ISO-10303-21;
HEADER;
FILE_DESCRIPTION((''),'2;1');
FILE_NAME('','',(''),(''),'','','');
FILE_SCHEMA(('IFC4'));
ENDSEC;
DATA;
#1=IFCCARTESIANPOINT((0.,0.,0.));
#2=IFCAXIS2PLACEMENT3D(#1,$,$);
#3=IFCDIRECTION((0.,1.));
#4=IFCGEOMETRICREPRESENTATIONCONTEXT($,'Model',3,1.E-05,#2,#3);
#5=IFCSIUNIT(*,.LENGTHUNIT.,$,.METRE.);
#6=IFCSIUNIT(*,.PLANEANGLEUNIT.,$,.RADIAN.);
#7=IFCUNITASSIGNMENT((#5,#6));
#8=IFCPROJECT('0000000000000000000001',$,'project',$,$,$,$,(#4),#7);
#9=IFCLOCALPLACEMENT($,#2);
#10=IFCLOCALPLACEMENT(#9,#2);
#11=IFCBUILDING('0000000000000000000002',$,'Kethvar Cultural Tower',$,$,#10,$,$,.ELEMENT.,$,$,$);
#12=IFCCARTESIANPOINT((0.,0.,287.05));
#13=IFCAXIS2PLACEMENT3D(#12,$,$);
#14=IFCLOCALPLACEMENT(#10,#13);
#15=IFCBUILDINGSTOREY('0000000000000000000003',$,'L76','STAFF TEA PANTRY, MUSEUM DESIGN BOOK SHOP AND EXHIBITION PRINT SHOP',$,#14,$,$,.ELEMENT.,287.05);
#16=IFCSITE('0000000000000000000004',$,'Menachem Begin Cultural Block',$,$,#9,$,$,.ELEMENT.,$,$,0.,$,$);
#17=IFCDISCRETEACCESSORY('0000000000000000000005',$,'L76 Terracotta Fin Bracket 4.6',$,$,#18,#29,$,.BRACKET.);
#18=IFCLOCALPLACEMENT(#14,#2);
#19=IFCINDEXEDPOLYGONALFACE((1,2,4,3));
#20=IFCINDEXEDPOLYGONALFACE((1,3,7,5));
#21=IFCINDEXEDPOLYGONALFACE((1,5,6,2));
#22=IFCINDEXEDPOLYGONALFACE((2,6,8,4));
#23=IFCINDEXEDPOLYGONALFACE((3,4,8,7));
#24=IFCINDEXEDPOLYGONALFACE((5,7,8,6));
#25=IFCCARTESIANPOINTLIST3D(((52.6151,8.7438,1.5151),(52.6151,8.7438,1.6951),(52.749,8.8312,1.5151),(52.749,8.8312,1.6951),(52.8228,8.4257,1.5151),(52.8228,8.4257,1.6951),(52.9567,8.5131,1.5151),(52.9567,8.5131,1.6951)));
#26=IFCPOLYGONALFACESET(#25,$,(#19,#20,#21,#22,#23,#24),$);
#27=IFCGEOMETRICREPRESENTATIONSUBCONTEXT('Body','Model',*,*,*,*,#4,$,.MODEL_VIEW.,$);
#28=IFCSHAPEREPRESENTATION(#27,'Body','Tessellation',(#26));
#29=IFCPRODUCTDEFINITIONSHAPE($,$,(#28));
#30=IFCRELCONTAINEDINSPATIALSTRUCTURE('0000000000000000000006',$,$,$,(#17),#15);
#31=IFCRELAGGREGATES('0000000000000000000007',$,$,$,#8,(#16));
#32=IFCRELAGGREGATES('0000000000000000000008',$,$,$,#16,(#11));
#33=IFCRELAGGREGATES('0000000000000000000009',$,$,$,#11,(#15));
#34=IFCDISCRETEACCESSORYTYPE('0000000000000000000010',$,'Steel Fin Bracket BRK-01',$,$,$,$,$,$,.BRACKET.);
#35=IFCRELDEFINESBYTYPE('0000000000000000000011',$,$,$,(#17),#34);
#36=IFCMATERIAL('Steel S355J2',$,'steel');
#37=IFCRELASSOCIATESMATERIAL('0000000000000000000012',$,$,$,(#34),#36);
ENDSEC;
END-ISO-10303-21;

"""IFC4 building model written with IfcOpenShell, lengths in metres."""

from ifc_helpers import new_model, si_unit, direction, frame, origin, origin_2d, place, context, subcontext, project, spatial, rectangle, extrude, source, transform, mapped, material, type_object, element, save


model = new_model("IFC4")

# Units and contexts
model_context = context("Model", 3, precision=1e-05, world=origin(), true_north=direction((0.0, 1.0)))
body_context = subcontext(model_context, "Body", "Model", "MODEL_VIEW")
ifc_project = project(units=[si_unit("LENGTHUNIT", "METRE"), si_unit("PLANEANGLEUNIT", "RADIAN")], contexts=[model_context])

# Site, building, storey
site_placement = place(None, origin())
site = spatial("IfcSite", under=ifc_project, at=site_placement, Name="Menachem Begin Cultural Block", CompositionType="ELEMENT", RefElevation=0.0)
building_placement = place(site_placement, origin())
building = spatial("IfcBuilding", under=site, at=building_placement, Name="Kethvar Cultural Tower", CompositionType="ELEMENT")
storey_placement = place(building_placement, frame((0.0, 0.0, 287.05)))
storey = spatial("IfcBuildingStorey", under=building, at=storey_placement, Name="L76", Description="STAFF TEA PANTRY, MUSEUM DESIGN BOOK SHOP AND EXHIBITION PRINT SHOP", CompositionType="ELEMENT", Elevation=287.05)

# Shared definitions
ifc_material_1 = material(Name="Steel S355J2", Category="steel")

# Discrete accessory
discrete_accessory_type = type_object("IfcDiscreteAccessoryType", Name="Steel Fin Bracket BRK-01", PredefinedType="BRACKET", material=ifc_material_1)
shared_shape_1 = source(origin(), body_context, "Body", "SweptSolid", [
    extrude(rectangle(XDim=0.3799, YDim=0.1599, at=origin_2d()), origin(), (0.0, 0.0, 1.0), 0.1799),
])
for number, where, z_axis, x_axis, name in (
    (1, (52.7859, 8.6284, 1.5151), (0.0, 0.0, 1.0), (0.546687, -0.837337, 0.0), "L76 Terracotta Fin Bracket 4.6"),
):
    element("IfcDiscreteAccessory", number, at=place(storey_placement, frame(where, z_axis=z_axis, x_axis=x_axis)), inside=storey, type_object=discrete_accessory_type, Name=name, PredefinedType="BRACKET", context=body_context, shape_type="MappedRepresentation", body=[
        mapped(shared_shape_1, transform((0.0, 0.0, 0.0), scale=1.0)),
    ])

save(model, "model.ifc")
